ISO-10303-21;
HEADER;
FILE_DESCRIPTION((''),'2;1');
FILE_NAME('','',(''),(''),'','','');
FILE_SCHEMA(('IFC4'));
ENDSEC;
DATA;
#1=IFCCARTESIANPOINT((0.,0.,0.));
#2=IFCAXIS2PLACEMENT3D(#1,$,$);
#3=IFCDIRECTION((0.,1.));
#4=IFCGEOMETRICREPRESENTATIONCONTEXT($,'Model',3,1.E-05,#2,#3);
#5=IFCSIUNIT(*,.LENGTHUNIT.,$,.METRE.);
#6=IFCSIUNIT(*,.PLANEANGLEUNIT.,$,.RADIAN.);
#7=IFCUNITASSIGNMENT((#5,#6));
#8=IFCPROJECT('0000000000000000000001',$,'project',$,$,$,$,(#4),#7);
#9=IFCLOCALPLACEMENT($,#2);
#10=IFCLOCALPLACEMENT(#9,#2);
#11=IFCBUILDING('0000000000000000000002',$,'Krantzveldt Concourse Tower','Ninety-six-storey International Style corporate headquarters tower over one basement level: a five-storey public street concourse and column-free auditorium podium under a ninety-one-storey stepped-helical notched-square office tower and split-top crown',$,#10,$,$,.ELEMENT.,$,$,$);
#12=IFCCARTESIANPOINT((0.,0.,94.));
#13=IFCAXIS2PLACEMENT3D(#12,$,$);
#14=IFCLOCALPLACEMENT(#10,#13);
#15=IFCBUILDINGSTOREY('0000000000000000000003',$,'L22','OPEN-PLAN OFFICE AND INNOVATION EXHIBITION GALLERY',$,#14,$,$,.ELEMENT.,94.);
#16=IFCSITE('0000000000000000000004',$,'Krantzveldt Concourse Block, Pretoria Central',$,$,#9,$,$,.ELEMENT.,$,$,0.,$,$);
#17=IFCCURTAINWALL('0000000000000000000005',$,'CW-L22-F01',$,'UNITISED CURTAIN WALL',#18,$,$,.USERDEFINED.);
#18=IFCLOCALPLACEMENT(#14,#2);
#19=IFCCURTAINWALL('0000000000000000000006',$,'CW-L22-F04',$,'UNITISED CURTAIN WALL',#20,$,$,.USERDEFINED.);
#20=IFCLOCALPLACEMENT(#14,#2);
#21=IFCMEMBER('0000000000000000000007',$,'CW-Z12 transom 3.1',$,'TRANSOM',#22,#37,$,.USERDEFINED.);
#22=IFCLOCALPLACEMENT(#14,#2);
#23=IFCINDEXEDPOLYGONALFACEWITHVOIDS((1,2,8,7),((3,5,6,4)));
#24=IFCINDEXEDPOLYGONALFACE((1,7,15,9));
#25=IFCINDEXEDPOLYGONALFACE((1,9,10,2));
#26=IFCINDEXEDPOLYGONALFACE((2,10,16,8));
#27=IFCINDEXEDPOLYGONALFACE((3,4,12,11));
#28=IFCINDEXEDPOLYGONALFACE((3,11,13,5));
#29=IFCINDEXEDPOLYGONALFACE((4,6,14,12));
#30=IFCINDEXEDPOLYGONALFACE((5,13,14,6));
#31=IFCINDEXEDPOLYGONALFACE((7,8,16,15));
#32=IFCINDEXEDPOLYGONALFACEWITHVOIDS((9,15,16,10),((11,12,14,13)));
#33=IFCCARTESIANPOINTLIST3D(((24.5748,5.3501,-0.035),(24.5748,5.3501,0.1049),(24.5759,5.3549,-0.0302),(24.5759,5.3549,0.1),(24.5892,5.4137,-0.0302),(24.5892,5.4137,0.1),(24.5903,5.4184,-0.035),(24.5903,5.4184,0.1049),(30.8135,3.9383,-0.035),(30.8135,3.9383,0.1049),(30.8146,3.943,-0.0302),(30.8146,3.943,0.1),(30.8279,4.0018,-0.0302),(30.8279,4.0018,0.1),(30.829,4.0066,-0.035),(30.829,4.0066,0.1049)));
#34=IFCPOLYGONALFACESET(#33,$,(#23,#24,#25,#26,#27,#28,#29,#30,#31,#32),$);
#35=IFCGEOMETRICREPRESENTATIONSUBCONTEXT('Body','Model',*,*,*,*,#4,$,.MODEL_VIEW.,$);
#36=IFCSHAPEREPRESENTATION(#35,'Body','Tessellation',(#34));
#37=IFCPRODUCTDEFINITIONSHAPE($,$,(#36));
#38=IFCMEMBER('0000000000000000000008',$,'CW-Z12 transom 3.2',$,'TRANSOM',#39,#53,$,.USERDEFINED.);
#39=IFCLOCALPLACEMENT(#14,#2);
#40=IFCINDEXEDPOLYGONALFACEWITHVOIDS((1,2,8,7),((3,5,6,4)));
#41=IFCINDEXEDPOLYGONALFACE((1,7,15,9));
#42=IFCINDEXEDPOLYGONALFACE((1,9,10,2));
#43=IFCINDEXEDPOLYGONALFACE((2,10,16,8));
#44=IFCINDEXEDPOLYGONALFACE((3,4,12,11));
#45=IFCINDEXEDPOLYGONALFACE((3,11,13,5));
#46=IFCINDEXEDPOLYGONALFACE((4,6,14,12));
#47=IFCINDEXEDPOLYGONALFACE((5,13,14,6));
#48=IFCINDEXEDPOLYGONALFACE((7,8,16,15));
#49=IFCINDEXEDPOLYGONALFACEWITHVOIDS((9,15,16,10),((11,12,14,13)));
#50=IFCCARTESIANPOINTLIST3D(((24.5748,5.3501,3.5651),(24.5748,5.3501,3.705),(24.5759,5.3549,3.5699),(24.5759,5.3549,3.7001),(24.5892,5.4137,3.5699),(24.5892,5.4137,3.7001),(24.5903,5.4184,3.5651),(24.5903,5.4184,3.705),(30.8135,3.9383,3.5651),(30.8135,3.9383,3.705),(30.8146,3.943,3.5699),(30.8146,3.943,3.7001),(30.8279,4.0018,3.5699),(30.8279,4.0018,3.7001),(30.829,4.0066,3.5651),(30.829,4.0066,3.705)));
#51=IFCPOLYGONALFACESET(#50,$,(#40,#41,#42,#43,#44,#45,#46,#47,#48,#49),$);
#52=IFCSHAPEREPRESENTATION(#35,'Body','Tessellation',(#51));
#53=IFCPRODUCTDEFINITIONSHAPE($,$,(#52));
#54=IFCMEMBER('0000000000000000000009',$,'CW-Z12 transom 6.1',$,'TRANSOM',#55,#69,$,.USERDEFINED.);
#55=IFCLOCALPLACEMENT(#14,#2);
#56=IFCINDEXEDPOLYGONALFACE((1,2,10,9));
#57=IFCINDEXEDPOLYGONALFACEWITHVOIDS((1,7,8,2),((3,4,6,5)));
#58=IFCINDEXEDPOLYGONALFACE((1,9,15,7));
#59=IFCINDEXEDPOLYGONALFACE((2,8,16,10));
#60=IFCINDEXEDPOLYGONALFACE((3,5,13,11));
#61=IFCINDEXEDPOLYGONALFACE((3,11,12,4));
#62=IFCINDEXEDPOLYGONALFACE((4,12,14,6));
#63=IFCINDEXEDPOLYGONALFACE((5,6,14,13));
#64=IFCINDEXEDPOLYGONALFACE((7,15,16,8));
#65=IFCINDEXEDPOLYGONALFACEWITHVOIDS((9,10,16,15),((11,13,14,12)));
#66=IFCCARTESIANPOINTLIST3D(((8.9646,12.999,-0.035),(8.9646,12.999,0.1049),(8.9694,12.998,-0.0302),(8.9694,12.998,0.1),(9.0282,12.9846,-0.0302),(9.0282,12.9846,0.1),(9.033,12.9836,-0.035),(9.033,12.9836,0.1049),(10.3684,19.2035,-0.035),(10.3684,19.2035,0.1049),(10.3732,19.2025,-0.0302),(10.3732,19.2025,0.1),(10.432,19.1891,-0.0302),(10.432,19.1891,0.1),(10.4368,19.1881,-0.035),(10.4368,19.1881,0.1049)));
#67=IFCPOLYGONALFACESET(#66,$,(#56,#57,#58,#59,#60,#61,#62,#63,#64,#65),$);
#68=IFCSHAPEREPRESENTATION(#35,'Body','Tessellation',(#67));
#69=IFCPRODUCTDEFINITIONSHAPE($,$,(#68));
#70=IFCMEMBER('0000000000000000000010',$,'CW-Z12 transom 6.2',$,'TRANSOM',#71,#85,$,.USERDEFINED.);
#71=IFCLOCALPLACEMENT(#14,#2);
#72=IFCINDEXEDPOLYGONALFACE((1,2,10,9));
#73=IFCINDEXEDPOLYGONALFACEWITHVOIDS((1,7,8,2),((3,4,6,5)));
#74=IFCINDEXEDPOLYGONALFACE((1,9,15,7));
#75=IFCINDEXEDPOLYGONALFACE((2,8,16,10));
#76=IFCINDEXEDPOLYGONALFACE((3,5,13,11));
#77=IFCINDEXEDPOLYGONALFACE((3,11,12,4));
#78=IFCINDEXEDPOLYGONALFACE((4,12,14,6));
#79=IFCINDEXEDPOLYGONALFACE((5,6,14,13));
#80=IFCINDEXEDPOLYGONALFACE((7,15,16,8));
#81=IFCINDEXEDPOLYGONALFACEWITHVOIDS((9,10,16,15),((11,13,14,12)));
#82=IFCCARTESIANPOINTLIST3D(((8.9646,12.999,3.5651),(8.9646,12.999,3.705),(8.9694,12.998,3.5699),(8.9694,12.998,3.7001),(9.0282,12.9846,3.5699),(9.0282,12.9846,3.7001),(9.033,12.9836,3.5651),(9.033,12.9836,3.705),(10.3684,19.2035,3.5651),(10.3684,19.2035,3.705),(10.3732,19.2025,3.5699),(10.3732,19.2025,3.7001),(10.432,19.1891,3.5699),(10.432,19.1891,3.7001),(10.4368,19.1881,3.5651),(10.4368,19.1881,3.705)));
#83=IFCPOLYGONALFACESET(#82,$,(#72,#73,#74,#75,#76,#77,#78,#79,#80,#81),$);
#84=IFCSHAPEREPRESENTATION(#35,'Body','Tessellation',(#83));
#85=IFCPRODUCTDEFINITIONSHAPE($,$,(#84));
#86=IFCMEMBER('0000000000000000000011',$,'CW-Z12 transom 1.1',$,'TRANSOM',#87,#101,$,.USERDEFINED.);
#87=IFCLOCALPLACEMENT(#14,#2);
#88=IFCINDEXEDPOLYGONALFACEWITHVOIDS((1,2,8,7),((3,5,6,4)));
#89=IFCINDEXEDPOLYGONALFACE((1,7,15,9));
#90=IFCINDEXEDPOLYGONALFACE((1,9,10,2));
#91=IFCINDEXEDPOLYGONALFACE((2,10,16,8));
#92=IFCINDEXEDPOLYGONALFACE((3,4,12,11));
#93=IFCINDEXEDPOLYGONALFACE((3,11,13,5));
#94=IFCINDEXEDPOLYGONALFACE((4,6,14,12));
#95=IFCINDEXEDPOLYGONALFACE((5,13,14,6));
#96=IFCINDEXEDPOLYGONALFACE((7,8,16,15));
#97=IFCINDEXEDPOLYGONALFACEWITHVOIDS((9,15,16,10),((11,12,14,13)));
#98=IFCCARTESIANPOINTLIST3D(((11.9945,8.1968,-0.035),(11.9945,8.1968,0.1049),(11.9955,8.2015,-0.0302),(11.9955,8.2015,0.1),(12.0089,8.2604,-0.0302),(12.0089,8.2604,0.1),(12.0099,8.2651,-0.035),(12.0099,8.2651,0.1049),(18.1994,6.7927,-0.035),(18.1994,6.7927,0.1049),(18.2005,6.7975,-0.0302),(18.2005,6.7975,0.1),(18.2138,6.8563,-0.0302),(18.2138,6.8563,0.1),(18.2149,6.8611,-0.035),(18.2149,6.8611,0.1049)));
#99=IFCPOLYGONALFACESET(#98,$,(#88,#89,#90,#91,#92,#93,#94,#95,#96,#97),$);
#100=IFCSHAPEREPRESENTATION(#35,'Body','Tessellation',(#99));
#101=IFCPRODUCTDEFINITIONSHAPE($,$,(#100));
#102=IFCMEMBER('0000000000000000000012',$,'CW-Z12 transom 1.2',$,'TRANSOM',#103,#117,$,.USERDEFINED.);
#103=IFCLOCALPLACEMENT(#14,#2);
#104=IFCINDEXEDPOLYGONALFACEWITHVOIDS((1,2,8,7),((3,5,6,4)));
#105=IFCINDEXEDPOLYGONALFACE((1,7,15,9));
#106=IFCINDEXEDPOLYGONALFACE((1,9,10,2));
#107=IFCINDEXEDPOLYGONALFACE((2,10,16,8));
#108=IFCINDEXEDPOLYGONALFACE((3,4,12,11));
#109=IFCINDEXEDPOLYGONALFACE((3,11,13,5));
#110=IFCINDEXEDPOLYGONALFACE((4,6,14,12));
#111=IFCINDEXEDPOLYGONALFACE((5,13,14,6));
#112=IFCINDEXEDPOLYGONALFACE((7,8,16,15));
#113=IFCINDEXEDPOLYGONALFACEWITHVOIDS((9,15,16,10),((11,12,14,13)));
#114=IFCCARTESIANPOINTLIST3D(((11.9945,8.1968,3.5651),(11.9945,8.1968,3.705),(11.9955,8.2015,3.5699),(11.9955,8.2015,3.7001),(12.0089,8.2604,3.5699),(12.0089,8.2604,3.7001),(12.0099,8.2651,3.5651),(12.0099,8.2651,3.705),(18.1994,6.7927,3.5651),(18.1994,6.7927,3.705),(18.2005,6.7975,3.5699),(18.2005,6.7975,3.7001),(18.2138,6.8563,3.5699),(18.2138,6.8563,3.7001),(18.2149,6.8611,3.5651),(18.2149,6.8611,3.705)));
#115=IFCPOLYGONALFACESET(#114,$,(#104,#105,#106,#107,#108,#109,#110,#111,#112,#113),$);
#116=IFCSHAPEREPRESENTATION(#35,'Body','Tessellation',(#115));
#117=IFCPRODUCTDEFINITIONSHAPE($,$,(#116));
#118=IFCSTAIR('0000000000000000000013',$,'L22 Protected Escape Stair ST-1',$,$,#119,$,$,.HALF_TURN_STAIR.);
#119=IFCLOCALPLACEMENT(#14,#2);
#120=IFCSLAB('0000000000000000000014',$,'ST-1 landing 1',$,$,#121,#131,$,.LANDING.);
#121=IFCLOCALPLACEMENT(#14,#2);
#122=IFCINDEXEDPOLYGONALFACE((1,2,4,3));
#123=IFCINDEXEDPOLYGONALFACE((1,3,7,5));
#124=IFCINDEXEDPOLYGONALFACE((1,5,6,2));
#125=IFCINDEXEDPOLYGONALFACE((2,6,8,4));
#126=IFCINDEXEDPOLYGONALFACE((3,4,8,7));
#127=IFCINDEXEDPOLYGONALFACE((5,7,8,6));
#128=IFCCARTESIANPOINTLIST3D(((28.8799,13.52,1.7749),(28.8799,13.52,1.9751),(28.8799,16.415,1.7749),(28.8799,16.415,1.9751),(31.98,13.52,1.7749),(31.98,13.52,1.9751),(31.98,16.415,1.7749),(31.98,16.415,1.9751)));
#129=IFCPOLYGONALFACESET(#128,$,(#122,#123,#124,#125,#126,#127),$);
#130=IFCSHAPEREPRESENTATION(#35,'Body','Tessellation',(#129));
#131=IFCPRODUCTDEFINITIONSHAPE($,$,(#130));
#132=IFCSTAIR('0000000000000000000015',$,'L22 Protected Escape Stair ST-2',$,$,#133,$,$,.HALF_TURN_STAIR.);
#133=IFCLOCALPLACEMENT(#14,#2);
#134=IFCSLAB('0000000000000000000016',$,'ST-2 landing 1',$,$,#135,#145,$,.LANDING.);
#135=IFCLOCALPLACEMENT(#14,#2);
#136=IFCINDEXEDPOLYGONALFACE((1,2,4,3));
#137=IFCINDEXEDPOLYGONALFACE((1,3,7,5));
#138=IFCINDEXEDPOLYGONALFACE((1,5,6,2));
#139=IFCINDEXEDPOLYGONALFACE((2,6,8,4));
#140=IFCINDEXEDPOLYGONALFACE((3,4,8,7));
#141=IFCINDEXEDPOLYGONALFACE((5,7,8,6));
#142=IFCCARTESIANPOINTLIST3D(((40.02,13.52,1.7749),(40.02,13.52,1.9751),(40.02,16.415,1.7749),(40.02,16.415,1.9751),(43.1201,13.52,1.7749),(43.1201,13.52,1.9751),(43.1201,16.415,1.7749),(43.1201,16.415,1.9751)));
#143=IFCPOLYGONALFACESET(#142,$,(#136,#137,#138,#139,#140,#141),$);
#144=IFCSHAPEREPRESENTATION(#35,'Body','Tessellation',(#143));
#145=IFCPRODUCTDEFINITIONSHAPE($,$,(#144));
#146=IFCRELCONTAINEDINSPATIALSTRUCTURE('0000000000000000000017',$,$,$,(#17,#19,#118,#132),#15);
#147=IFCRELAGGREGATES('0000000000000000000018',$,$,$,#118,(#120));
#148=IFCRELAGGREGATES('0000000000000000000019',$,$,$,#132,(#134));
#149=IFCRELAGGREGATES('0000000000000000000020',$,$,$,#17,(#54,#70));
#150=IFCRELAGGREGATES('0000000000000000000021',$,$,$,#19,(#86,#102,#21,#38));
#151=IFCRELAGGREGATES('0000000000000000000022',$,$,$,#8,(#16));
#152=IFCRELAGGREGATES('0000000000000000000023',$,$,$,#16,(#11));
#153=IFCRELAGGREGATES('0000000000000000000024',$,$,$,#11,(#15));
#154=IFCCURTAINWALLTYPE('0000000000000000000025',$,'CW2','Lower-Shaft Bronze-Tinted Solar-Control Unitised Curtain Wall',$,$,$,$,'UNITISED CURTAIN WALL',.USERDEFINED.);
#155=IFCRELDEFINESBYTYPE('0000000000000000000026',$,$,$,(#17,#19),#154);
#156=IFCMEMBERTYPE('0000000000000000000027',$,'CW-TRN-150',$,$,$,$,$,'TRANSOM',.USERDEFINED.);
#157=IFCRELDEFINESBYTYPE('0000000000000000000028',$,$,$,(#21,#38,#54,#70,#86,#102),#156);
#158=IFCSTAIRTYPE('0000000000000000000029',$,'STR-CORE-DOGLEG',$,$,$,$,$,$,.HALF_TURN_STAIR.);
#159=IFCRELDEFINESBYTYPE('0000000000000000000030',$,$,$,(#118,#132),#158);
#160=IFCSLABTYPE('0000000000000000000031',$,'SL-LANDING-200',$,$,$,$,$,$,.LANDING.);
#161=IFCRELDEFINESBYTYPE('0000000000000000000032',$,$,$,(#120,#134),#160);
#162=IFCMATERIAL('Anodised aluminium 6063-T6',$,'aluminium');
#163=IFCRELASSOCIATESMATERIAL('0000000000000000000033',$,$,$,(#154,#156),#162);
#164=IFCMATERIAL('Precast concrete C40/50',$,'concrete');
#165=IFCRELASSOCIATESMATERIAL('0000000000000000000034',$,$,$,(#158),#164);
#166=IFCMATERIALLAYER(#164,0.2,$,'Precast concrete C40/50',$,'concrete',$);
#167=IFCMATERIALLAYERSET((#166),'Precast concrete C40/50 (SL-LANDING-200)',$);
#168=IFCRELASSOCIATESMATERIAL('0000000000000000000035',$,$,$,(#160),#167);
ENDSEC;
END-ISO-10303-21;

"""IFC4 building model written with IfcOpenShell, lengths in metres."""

from ifc_helpers import new_model, si_unit, direction, frame, origin, origin_2d, place, context, subcontext, project, spatial, polyline, hollow_rectangle, outline, extrude, source, transform, mapped, material, layer, layer_set, material_profile, profile_set, type_object, element, aggregate, save


model = new_model("IFC4")

# Units and contexts
model_context = context("Model", 3, precision=1e-05, world=origin(), true_north=direction((0.0, 1.0)))
body_context = subcontext(model_context, "Body", "Model", "MODEL_VIEW")
ifc_project = project(units=[si_unit("LENGTHUNIT", "METRE"), si_unit("PLANEANGLEUNIT", "RADIAN")], contexts=[model_context])

# Site, building, storey
site_placement = place(None, origin())
site = spatial("IfcSite", under=ifc_project, at=site_placement, Name="Krantzveldt Concourse Block, Pretoria Central", CompositionType="ELEMENT", RefElevation=0.0)
building_placement = place(site_placement, origin())
building = spatial("IfcBuilding", under=site, at=building_placement, Name="Krantzveldt Concourse Tower", Description="Ninety-six-storey International Style corporate headquarters tower over one basement level: a five-storey public street concourse and column-free auditorium podium under a ninety-one-storey stepped-helical notched-square office tower and split-top crown", CompositionType="ELEMENT")
storey_placement = place(building_placement, frame((0.0, 0.0, 94.0)))
storey = spatial("IfcBuildingStorey", under=building, at=storey_placement, Name="L22", Description="OPEN-PLAN OFFICE AND INNOVATION EXHIBITION GALLERY", CompositionType="ELEMENT", Elevation=94.0)

# Curtain walls, members
ifc_material_1 = material(Name="Anodised aluminium 6063-T6", Category="aluminium")
curtain_wall_type = type_object("IfcCurtainWallType", Name="CW2", Description="Lower-Shaft Bronze-Tinted Solar-Control Unitised Curtain Wall", ElementType="UNITISED CURTAIN WALL", PredefinedType="USERDEFINED", material=ifc_material_1)
curtain_wall_1_placement = place(storey_placement, origin())
curtain_wall_1 = element("IfcCurtainWall", 1, at=curtain_wall_1_placement, inside=storey, type_object=curtain_wall_type, Name="CW-L22-F01", ObjectType="UNITISED CURTAIN WALL", PredefinedType="USERDEFINED")
curtain_wall_2_placement = place(storey_placement, origin())
curtain_wall_2 = element("IfcCurtainWall", 2, at=curtain_wall_2_placement, inside=storey, type_object=curtain_wall_type, Name="CW-L22-F04", ObjectType="UNITISED CURTAIN WALL", PredefinedType="USERDEFINED")
ifc_material_profile_1 = material_profile(ifc_material_1, hollow_rectangle(XDim=0.0701, YDim=0.1399, WallThickness=0.0049, at=origin_2d()), Name="Anodised aluminium 6063-T6", Category="aluminium")
ifc_profile_set_1 = profile_set([ifc_material_profile_1], Name="Anodised aluminium 6063-T6 - ALU-TRAN 140x70x5")
member_type_1 = type_object("IfcMemberType", Name="CW-TRN-150", ElementType="TRANSOM", PredefinedType="USERDEFINED", material=ifc_profile_set_1)
shared_shape_1 = source(origin(), body_context, "Body", "SweptSolid", [
    extrude(hollow_rectangle(XDim=0.0701, YDim=0.1399, WallThickness=0.0049, at=origin_2d()), origin(), (0.0, 0.0, 1.0), 6.3965),
])
member_1_placement = place(storey_placement, frame((24.5825, 5.3843, 0.0349), z_axis=(0.975336, -0.220724, 0.0), x_axis=(0.220724, 0.975336, 0.0)))
member_1 = element("IfcMember", 3, at=member_1_placement, type_object=member_type_1, Name="CW-Z12 transom 3.1", ObjectType="TRANSOM", PredefinedType="USERDEFINED", context=body_context, shape_type="MappedRepresentation", body=[
    mapped(shared_shape_1, transform((0.0, 0.0, 0.0), x_axis=(1.0, 0.0, 0.0), y_axis=(0.0, 1.0, 0.0), z_axis=(0.0, 0.0, 1.0), scale=1.0)),
])
member_2_placement = place(storey_placement, frame((24.5825, 5.3843, 3.635), z_axis=(0.975336, -0.220724, 0.0), x_axis=(0.220724, 0.975336, 0.0)))
member_2 = element("IfcMember", 4, at=member_2_placement, type_object=member_type_1, Name="CW-Z12 transom 3.2", ObjectType="TRANSOM", PredefinedType="USERDEFINED", context=body_context, shape_type="MappedRepresentation", body=[
    mapped(shared_shape_1, transform((0.0, 0.0, 0.0), x_axis=(1.0, 0.0, 0.0), y_axis=(0.0, 1.0, 0.0), z_axis=(0.0, 0.0, 1.0), scale=1.0)),
])

# Members
shared_shape_2 = source(origin(), body_context, "Body", "SweptSolid", [
    extrude(hollow_rectangle(XDim=0.0701, YDim=0.1399, WallThickness=0.0049, at=origin_2d()), origin(), (0.0, 0.0, 1.0), 6.3613),
])
member_3_placement = place(storey_placement, frame((10.4026, 19.1958, 0.0349), z_axis=(-0.220675, -0.975347, 0.0), x_axis=(0.975347, -0.220675, 0.0)))
member_3 = element("IfcMember", 5, at=member_3_placement, type_object=member_type_1, Name="CW-Z12 transom 6.1", ObjectType="TRANSOM", PredefinedType="USERDEFINED", context=body_context, shape_type="MappedRepresentation", body=[
    mapped(shared_shape_2, transform((0.0, 0.0, 0.0), x_axis=(1.0, 0.0, 0.0), y_axis=(0.0, 1.0, 0.0), z_axis=(0.0, 0.0, 1.0), scale=1.0)),
])
member_4_placement = place(storey_placement, frame((10.4026, 19.1958, 3.635), z_axis=(-0.220675, -0.975347, 0.0), x_axis=(0.975347, -0.220675, 0.0)))
member_4 = element("IfcMember", 6, at=member_4_placement, type_object=member_type_1, Name="CW-Z12 transom 6.2", ObjectType="TRANSOM", PredefinedType="USERDEFINED", context=body_context, shape_type="MappedRepresentation", body=[
    mapped(shared_shape_2, transform((0.0, 0.0, 0.0), x_axis=(1.0, 0.0, 0.0), y_axis=(0.0, 1.0, 0.0), z_axis=(0.0, 0.0, 1.0), scale=1.0)),
])
shared_shape_3 = source(origin(), body_context, "Body", "SweptSolid", [
    extrude(hollow_rectangle(XDim=0.0701, YDim=0.1399, WallThickness=0.0049, at=origin_2d()), origin(), (0.0, 0.0, 1.0), 6.3618),
])
member_5_placement = place(storey_placement, frame((12.0022, 8.231, 0.0349), z_axis=(0.975341, -0.220704, 0.0), x_axis=(0.220704, 0.975341, 0.0)))
member_5 = element("IfcMember", 7, at=member_5_placement, type_object=member_type_1, Name="CW-Z12 transom 1.1", ObjectType="TRANSOM", PredefinedType="USERDEFINED", context=body_context, shape_type="MappedRepresentation", body=[
    mapped(shared_shape_3, transform((0.0, 0.0, 0.0), x_axis=(1.0, 0.0, 0.0), y_axis=(0.0, 1.0, 0.0), z_axis=(0.0, 0.0, 1.0), scale=1.0)),
])
member_6_placement = place(storey_placement, frame((12.0022, 8.231, 3.635), z_axis=(0.975341, -0.220704, 0.0), x_axis=(0.220704, 0.975341, 0.0)))
member_6 = element("IfcMember", 8, at=member_6_placement, type_object=member_type_1, Name="CW-Z12 transom 1.2", ObjectType="TRANSOM", PredefinedType="USERDEFINED", context=body_context, shape_type="MappedRepresentation", body=[
    mapped(shared_shape_3, transform((0.0, 0.0, 0.0), x_axis=(1.0, 0.0, 0.0), y_axis=(0.0, 1.0, 0.0), z_axis=(0.0, 0.0, 1.0), scale=1.0)),
])

# Stairs, slabs
ifc_material_2 = material(Name="Precast concrete C40/50", Category="concrete")
stair_type = type_object("IfcStairType", Name="STR-CORE-DOGLEG", PredefinedType="HALF_TURN_STAIR", material=ifc_material_2)
stair_1_placement = place(storey_placement, origin())
stair_1 = element("IfcStair", 9, at=stair_1_placement, inside=storey, type_object=stair_type, Name="L22 Protected Escape Stair ST-1", PredefinedType="HALF_TURN_STAIR")
ifc_layer_1 = layer(ifc_material_2, 0.2, Name="Precast concrete C40/50", Category="concrete")
ifc_layer_set_1 = layer_set([ifc_layer_1], Name="Precast concrete C40/50 (SL-LANDING-200)")
slab_type_1 = type_object("IfcSlabType", Name="SL-LANDING-200", PredefinedType="LANDING", material=ifc_layer_set_1)
slab_1_placement = place(storey_placement, frame((0.0, 0.0, 1.7749)))
slab_1 = element("IfcSlab", 10, at=slab_1_placement, type_object=slab_type_1, Name="ST-1 landing 1", PredefinedType="LANDING", context=body_context, shape_type="SweptSolid", body=[
    extrude(outline(polyline([(28.8799, 16.415), (28.8799, 13.52), (31.98, 13.52), (31.98, 16.415), (28.8799, 16.415)])), origin(), (0.0, 0.0, 1.0), 0.2002),
])
aggregate(stair_1, [slab_1])
stair_2_placement = place(storey_placement, origin())
stair_2 = element("IfcStair", 11, at=stair_2_placement, inside=storey, type_object=stair_type, Name="L22 Protected Escape Stair ST-2", PredefinedType="HALF_TURN_STAIR")
slab_2_placement = place(storey_placement, frame((0.0, 0.0, 1.7749)))
slab_2 = element("IfcSlab", 12, at=slab_2_placement, type_object=slab_type_1, Name="ST-2 landing 1", PredefinedType="LANDING", context=body_context, shape_type="SweptSolid", body=[
    extrude(outline(polyline([(40.02, 16.415), (40.02, 13.52), (43.1201, 13.52), (43.1201, 16.415), (40.02, 16.415)])), origin(), (0.0, 0.0, 1.0), 0.2002),
])
aggregate(stair_2, [slab_2])

aggregate(curtain_wall_1, [member_3, member_4])
aggregate(curtain_wall_2, [member_5, member_6, member_1, member_2])

save(model, "model.ifc")
